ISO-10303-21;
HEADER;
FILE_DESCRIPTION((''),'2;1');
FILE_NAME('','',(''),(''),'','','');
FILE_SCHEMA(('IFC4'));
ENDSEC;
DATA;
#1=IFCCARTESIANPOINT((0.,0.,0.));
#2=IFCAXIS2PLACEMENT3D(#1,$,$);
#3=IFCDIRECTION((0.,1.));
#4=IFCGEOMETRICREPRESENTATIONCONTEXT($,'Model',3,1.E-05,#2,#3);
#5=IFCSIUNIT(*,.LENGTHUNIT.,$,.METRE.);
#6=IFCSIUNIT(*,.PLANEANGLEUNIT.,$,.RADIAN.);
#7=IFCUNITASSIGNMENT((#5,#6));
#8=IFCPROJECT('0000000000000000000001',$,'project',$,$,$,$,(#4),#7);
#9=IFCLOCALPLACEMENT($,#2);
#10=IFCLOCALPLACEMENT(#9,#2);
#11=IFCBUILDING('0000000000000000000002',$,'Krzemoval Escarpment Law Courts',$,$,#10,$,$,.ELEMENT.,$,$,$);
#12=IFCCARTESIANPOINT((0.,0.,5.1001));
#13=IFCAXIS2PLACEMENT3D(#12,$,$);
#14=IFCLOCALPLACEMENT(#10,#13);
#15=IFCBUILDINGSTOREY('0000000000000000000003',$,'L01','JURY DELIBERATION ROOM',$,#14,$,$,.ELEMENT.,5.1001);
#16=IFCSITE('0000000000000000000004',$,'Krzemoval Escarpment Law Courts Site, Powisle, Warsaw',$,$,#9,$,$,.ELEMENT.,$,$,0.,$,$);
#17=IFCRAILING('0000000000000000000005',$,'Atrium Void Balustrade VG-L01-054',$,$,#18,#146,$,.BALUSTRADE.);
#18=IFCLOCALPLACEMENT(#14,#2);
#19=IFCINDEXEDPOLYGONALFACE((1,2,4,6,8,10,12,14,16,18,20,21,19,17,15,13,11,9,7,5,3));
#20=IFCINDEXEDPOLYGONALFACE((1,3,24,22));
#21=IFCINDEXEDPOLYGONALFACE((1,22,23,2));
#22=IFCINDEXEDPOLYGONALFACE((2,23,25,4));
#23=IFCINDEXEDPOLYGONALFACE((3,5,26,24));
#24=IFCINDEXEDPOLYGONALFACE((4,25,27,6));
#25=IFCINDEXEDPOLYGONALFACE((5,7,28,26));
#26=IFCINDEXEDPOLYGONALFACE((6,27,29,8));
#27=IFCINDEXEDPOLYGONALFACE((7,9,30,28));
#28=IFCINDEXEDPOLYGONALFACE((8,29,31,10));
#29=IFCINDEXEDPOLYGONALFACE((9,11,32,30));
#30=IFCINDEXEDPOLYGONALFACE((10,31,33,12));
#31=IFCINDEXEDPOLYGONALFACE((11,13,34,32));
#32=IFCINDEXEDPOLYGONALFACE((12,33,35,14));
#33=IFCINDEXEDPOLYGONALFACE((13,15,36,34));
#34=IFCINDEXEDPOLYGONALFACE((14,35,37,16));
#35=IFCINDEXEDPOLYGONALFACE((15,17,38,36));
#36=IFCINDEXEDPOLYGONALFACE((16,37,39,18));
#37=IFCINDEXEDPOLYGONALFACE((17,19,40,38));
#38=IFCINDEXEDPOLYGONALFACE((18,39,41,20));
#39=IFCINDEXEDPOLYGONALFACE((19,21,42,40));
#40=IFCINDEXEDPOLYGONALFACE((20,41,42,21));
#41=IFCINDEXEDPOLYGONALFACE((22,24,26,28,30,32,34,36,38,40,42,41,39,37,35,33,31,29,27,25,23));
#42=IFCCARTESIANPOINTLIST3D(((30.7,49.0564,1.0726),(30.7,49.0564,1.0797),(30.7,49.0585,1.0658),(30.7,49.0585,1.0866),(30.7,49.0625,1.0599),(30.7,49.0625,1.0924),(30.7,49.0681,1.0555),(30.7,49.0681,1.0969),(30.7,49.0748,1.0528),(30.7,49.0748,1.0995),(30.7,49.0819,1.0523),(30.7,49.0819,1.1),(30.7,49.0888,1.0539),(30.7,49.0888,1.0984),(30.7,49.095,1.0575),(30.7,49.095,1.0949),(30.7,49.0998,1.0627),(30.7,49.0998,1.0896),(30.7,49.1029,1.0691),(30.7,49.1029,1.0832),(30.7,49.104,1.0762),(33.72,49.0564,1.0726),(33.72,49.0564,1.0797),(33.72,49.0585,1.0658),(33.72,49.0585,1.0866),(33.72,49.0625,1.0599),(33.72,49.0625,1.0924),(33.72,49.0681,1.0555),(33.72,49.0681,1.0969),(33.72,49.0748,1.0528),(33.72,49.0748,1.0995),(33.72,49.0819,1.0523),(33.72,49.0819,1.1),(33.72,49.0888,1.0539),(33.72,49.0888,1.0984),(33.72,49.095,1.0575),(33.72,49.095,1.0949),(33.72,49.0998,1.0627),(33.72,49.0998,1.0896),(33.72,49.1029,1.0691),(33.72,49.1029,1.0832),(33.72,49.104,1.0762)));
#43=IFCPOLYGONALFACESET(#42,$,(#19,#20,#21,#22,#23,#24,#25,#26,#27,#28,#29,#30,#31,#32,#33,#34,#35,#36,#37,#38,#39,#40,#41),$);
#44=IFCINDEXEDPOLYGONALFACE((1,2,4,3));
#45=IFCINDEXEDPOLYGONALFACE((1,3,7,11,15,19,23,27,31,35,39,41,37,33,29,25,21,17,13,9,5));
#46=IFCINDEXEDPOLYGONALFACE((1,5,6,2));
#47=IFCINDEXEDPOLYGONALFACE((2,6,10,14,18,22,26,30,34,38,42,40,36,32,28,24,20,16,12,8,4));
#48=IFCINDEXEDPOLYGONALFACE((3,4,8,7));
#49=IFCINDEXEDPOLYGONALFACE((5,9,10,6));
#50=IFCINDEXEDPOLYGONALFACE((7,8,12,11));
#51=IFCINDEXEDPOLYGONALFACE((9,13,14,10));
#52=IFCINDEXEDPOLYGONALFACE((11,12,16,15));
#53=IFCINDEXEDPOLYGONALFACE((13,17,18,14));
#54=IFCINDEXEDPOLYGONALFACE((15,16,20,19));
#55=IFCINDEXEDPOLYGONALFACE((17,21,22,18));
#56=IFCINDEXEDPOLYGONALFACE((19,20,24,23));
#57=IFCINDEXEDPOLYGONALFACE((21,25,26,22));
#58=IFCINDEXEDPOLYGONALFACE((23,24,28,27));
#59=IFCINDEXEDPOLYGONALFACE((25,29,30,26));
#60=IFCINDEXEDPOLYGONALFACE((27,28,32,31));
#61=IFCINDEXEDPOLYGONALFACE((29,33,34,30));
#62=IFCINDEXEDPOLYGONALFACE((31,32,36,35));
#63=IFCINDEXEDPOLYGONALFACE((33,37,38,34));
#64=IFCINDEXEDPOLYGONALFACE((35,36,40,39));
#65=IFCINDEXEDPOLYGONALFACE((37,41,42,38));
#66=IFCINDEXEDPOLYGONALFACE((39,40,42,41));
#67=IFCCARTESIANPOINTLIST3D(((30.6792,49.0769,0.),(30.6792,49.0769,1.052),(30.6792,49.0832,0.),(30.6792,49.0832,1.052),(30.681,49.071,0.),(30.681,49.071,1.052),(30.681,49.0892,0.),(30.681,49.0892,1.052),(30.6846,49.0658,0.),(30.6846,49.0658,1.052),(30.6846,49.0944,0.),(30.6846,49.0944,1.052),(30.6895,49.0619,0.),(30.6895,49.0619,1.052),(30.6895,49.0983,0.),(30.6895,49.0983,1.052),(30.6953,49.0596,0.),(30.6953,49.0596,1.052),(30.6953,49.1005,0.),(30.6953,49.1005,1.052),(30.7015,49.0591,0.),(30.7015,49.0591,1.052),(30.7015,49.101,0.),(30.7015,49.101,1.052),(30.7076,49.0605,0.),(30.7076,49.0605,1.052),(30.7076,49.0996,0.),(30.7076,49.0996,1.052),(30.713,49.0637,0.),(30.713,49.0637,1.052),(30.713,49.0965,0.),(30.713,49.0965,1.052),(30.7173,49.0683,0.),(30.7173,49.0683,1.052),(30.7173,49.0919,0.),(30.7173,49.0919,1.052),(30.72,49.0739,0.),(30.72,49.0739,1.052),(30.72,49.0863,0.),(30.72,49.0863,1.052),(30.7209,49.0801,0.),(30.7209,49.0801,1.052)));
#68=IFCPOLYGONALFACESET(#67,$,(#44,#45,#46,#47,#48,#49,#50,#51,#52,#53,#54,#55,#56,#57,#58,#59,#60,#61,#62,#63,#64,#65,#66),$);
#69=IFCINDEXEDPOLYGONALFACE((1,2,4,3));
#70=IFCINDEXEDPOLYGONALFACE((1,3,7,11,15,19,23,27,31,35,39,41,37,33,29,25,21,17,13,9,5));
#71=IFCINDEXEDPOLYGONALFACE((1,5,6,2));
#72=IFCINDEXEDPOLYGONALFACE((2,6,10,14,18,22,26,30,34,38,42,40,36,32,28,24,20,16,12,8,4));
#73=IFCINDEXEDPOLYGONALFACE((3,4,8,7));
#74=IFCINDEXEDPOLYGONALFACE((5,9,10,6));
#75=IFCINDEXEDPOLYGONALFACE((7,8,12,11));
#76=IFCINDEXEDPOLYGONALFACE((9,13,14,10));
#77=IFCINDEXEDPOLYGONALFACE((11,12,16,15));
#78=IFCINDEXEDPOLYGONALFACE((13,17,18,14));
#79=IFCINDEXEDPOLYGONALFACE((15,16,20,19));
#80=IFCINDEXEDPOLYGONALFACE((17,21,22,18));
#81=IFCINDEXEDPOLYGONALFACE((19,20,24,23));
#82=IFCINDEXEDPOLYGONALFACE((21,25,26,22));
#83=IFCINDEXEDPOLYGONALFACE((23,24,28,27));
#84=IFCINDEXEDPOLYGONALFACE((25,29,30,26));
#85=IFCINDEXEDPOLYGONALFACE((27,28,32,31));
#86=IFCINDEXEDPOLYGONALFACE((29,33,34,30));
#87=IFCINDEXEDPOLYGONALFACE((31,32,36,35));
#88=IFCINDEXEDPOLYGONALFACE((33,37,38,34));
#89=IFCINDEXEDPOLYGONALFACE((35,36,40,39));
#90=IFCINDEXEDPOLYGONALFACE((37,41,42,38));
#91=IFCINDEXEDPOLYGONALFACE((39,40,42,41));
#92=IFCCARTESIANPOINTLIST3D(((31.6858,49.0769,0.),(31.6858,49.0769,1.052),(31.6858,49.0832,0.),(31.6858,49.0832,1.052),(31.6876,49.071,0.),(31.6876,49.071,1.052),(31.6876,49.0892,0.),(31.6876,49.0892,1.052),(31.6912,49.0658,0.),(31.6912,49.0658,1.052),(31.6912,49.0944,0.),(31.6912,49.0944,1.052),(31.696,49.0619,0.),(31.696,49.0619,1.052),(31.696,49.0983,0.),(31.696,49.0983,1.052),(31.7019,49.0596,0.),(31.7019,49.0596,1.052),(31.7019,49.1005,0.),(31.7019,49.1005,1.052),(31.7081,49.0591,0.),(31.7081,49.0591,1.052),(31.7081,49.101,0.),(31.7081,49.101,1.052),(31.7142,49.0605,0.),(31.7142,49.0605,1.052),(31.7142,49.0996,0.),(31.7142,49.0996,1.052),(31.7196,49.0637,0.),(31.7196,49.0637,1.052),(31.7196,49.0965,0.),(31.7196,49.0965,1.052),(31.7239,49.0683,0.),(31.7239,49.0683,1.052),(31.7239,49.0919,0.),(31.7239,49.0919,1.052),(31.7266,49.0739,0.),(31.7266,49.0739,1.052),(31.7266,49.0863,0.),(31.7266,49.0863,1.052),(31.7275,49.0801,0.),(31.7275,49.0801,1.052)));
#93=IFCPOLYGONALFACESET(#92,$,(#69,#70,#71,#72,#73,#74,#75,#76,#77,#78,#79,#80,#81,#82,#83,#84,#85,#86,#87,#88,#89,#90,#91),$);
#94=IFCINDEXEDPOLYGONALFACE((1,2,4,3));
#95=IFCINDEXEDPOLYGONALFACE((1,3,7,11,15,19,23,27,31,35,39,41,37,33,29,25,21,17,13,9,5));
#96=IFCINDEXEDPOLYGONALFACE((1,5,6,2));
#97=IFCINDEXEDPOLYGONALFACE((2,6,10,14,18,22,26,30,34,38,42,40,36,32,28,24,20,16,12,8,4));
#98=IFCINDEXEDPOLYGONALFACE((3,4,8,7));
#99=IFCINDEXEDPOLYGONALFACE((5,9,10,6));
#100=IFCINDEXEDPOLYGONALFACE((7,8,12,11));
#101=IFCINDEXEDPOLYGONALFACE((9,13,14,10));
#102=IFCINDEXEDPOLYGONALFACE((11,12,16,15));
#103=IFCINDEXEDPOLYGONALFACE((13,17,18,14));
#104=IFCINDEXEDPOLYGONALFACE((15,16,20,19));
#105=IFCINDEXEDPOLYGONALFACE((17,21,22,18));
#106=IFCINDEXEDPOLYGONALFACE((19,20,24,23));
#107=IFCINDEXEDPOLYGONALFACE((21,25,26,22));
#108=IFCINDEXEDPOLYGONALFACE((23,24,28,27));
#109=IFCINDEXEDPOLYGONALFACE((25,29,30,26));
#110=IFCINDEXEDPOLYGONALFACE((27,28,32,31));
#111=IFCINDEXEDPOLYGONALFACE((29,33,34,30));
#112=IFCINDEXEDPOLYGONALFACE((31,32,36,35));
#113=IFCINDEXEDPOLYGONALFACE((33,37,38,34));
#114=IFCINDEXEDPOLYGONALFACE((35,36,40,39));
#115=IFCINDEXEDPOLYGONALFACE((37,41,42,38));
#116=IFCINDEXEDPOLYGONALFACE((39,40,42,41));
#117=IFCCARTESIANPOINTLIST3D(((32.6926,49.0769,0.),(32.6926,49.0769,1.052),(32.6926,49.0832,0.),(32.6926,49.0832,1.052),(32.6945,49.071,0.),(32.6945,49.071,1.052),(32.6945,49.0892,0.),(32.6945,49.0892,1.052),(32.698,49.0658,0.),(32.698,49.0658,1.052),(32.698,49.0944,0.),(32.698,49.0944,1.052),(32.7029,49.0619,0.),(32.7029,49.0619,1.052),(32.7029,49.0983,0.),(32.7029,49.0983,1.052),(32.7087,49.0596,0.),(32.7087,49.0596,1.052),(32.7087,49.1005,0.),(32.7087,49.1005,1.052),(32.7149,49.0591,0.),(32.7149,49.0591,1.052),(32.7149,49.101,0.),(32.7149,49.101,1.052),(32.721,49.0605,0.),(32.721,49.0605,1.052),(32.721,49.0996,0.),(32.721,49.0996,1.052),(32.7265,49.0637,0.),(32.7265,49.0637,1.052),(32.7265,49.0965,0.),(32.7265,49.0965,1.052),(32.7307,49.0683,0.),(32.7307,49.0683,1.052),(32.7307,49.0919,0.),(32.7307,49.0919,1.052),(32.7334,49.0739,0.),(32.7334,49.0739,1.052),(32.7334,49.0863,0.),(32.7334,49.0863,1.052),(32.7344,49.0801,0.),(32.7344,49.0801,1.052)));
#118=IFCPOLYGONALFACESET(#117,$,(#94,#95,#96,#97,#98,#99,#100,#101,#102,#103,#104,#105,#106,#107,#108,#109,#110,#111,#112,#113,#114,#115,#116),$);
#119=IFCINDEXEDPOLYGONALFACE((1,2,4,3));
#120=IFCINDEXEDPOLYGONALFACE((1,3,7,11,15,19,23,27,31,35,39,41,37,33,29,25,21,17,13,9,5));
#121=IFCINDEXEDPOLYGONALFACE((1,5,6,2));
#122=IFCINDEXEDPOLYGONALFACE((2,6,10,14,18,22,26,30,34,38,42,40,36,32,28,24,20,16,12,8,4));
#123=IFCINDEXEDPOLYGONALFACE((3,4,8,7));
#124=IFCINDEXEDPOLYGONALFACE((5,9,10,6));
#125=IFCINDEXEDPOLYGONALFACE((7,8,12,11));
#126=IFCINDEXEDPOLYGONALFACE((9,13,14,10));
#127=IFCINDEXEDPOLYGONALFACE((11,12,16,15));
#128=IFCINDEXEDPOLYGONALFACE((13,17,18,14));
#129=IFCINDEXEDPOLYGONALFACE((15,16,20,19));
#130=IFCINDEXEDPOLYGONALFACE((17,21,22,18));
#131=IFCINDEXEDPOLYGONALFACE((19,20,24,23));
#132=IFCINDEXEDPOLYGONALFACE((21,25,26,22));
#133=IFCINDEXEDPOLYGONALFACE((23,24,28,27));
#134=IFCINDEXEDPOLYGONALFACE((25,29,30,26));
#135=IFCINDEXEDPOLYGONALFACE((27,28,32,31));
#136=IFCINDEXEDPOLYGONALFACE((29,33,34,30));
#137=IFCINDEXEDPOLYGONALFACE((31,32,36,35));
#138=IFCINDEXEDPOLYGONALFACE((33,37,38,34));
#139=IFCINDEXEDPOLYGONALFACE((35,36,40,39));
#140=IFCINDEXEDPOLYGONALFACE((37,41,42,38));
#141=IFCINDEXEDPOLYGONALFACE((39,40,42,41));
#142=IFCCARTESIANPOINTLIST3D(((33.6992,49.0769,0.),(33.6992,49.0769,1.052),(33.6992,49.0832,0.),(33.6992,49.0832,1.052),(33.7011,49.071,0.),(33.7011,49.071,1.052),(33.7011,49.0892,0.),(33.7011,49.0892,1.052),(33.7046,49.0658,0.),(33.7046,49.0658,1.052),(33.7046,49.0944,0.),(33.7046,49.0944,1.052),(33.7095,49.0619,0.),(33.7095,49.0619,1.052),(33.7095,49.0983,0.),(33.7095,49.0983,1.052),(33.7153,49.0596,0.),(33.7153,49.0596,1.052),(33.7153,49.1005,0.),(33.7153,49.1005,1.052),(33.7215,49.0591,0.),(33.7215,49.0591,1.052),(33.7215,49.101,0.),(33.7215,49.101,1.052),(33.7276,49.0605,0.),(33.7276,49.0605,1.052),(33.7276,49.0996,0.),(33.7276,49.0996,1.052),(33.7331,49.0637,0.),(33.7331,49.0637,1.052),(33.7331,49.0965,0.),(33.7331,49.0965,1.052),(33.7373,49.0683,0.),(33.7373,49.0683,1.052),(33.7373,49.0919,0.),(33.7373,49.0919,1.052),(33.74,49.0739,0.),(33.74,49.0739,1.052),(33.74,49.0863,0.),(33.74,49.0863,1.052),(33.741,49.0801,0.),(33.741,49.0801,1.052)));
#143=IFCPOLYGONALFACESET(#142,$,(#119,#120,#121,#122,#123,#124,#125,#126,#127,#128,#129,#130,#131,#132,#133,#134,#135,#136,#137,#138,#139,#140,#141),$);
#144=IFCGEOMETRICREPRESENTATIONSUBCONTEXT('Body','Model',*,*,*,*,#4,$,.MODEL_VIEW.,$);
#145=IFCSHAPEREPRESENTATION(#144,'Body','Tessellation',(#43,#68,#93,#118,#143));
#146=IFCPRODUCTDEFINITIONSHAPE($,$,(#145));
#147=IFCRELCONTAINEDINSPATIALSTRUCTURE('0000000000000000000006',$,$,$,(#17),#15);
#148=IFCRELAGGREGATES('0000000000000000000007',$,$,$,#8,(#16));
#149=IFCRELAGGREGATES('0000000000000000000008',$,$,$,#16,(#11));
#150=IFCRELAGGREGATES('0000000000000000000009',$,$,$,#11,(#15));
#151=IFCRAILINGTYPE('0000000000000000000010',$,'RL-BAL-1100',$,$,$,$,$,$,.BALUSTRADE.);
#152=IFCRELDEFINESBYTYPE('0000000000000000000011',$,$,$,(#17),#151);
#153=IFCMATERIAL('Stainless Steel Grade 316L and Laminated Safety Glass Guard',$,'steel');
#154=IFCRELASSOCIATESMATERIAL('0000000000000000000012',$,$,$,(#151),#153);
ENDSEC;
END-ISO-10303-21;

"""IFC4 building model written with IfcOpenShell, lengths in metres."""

from ifc_helpers import new_model, si_unit, direction, frame, origin, origin_2d, place, context, subcontext, project, spatial, circle, extrude, material, type_object, element, save


model = new_model("IFC4")

# Units and contexts
model_context = context("Model", 3, precision=1e-05, world=origin(), true_north=direction((0.0, 1.0)))
body_context = subcontext(model_context, "Body", "Model", "MODEL_VIEW")
ifc_project = project(units=[si_unit("LENGTHUNIT", "METRE"), si_unit("PLANEANGLEUNIT", "RADIAN")], contexts=[model_context])

# Site, building, storey
site_placement = place(None, origin())
site = spatial("IfcSite", under=ifc_project, at=site_placement, Name="Krzemoval Escarpment Law Courts Site, Powisle, Warsaw", CompositionType="ELEMENT", RefElevation=0.0)
building_placement = place(site_placement, origin())
building = spatial("IfcBuilding", under=site, at=building_placement, Name="Krzemoval Escarpment Law Courts", CompositionType="ELEMENT")
storey_placement = place(building_placement, frame((0.0, 0.0, 5.1001)))
storey = spatial("IfcBuildingStorey", under=building, at=storey_placement, Name="L01", Description="JURY DELIBERATION ROOM", CompositionType="ELEMENT", Elevation=5.1001)

# Railing
ifc_material_1 = material(Name="Stainless Steel Grade 316L and Laminated Safety Glass Guard", Category="steel")
railing_type_1 = type_object("IfcRailingType", Name="RL-BAL-1100", PredefinedType="BALUSTRADE", material=ifc_material_1)
railing_1_placement = place(storey_placement, frame((30.7, 49.0801, 0.0)))
element("IfcRailing", 1, at=railing_1_placement, inside=storey, type_object=railing_type_1, Name="Atrium Void Balustrade VG-L01-054", PredefinedType="BALUSTRADE", context=body_context, shape_type="SweptSolid", body=[
    extrude(circle(Radius=0.0239, at=origin_2d()), frame((0.0, 0.0, 1.0762), z_axis=(1.0, 0.0, 0.0), x_axis=(0.0, 1.0, 0.0)), (0.0, 0.0, 1.0), 3.02),
    extrude(circle(Radius=0.021, at=origin_2d()), origin(), (0.0, 0.0, 1.0), 1.052),
    extrude(circle(Radius=0.021, at=origin_2d()), frame((1.0066, 0.0, 0.0)), (0.0, 0.0, 1.0), 1.052),
    extrude(circle(Radius=0.021, at=origin_2d()), frame((2.0134, 0.0, 0.0)), (0.0, 0.0, 1.0), 1.052),
    extrude(circle(Radius=0.021, at=origin_2d()), frame((3.02, 0.0, 0.0)), (0.0, 0.0, 1.0), 1.052),
])

save(model, "model.ifc")
